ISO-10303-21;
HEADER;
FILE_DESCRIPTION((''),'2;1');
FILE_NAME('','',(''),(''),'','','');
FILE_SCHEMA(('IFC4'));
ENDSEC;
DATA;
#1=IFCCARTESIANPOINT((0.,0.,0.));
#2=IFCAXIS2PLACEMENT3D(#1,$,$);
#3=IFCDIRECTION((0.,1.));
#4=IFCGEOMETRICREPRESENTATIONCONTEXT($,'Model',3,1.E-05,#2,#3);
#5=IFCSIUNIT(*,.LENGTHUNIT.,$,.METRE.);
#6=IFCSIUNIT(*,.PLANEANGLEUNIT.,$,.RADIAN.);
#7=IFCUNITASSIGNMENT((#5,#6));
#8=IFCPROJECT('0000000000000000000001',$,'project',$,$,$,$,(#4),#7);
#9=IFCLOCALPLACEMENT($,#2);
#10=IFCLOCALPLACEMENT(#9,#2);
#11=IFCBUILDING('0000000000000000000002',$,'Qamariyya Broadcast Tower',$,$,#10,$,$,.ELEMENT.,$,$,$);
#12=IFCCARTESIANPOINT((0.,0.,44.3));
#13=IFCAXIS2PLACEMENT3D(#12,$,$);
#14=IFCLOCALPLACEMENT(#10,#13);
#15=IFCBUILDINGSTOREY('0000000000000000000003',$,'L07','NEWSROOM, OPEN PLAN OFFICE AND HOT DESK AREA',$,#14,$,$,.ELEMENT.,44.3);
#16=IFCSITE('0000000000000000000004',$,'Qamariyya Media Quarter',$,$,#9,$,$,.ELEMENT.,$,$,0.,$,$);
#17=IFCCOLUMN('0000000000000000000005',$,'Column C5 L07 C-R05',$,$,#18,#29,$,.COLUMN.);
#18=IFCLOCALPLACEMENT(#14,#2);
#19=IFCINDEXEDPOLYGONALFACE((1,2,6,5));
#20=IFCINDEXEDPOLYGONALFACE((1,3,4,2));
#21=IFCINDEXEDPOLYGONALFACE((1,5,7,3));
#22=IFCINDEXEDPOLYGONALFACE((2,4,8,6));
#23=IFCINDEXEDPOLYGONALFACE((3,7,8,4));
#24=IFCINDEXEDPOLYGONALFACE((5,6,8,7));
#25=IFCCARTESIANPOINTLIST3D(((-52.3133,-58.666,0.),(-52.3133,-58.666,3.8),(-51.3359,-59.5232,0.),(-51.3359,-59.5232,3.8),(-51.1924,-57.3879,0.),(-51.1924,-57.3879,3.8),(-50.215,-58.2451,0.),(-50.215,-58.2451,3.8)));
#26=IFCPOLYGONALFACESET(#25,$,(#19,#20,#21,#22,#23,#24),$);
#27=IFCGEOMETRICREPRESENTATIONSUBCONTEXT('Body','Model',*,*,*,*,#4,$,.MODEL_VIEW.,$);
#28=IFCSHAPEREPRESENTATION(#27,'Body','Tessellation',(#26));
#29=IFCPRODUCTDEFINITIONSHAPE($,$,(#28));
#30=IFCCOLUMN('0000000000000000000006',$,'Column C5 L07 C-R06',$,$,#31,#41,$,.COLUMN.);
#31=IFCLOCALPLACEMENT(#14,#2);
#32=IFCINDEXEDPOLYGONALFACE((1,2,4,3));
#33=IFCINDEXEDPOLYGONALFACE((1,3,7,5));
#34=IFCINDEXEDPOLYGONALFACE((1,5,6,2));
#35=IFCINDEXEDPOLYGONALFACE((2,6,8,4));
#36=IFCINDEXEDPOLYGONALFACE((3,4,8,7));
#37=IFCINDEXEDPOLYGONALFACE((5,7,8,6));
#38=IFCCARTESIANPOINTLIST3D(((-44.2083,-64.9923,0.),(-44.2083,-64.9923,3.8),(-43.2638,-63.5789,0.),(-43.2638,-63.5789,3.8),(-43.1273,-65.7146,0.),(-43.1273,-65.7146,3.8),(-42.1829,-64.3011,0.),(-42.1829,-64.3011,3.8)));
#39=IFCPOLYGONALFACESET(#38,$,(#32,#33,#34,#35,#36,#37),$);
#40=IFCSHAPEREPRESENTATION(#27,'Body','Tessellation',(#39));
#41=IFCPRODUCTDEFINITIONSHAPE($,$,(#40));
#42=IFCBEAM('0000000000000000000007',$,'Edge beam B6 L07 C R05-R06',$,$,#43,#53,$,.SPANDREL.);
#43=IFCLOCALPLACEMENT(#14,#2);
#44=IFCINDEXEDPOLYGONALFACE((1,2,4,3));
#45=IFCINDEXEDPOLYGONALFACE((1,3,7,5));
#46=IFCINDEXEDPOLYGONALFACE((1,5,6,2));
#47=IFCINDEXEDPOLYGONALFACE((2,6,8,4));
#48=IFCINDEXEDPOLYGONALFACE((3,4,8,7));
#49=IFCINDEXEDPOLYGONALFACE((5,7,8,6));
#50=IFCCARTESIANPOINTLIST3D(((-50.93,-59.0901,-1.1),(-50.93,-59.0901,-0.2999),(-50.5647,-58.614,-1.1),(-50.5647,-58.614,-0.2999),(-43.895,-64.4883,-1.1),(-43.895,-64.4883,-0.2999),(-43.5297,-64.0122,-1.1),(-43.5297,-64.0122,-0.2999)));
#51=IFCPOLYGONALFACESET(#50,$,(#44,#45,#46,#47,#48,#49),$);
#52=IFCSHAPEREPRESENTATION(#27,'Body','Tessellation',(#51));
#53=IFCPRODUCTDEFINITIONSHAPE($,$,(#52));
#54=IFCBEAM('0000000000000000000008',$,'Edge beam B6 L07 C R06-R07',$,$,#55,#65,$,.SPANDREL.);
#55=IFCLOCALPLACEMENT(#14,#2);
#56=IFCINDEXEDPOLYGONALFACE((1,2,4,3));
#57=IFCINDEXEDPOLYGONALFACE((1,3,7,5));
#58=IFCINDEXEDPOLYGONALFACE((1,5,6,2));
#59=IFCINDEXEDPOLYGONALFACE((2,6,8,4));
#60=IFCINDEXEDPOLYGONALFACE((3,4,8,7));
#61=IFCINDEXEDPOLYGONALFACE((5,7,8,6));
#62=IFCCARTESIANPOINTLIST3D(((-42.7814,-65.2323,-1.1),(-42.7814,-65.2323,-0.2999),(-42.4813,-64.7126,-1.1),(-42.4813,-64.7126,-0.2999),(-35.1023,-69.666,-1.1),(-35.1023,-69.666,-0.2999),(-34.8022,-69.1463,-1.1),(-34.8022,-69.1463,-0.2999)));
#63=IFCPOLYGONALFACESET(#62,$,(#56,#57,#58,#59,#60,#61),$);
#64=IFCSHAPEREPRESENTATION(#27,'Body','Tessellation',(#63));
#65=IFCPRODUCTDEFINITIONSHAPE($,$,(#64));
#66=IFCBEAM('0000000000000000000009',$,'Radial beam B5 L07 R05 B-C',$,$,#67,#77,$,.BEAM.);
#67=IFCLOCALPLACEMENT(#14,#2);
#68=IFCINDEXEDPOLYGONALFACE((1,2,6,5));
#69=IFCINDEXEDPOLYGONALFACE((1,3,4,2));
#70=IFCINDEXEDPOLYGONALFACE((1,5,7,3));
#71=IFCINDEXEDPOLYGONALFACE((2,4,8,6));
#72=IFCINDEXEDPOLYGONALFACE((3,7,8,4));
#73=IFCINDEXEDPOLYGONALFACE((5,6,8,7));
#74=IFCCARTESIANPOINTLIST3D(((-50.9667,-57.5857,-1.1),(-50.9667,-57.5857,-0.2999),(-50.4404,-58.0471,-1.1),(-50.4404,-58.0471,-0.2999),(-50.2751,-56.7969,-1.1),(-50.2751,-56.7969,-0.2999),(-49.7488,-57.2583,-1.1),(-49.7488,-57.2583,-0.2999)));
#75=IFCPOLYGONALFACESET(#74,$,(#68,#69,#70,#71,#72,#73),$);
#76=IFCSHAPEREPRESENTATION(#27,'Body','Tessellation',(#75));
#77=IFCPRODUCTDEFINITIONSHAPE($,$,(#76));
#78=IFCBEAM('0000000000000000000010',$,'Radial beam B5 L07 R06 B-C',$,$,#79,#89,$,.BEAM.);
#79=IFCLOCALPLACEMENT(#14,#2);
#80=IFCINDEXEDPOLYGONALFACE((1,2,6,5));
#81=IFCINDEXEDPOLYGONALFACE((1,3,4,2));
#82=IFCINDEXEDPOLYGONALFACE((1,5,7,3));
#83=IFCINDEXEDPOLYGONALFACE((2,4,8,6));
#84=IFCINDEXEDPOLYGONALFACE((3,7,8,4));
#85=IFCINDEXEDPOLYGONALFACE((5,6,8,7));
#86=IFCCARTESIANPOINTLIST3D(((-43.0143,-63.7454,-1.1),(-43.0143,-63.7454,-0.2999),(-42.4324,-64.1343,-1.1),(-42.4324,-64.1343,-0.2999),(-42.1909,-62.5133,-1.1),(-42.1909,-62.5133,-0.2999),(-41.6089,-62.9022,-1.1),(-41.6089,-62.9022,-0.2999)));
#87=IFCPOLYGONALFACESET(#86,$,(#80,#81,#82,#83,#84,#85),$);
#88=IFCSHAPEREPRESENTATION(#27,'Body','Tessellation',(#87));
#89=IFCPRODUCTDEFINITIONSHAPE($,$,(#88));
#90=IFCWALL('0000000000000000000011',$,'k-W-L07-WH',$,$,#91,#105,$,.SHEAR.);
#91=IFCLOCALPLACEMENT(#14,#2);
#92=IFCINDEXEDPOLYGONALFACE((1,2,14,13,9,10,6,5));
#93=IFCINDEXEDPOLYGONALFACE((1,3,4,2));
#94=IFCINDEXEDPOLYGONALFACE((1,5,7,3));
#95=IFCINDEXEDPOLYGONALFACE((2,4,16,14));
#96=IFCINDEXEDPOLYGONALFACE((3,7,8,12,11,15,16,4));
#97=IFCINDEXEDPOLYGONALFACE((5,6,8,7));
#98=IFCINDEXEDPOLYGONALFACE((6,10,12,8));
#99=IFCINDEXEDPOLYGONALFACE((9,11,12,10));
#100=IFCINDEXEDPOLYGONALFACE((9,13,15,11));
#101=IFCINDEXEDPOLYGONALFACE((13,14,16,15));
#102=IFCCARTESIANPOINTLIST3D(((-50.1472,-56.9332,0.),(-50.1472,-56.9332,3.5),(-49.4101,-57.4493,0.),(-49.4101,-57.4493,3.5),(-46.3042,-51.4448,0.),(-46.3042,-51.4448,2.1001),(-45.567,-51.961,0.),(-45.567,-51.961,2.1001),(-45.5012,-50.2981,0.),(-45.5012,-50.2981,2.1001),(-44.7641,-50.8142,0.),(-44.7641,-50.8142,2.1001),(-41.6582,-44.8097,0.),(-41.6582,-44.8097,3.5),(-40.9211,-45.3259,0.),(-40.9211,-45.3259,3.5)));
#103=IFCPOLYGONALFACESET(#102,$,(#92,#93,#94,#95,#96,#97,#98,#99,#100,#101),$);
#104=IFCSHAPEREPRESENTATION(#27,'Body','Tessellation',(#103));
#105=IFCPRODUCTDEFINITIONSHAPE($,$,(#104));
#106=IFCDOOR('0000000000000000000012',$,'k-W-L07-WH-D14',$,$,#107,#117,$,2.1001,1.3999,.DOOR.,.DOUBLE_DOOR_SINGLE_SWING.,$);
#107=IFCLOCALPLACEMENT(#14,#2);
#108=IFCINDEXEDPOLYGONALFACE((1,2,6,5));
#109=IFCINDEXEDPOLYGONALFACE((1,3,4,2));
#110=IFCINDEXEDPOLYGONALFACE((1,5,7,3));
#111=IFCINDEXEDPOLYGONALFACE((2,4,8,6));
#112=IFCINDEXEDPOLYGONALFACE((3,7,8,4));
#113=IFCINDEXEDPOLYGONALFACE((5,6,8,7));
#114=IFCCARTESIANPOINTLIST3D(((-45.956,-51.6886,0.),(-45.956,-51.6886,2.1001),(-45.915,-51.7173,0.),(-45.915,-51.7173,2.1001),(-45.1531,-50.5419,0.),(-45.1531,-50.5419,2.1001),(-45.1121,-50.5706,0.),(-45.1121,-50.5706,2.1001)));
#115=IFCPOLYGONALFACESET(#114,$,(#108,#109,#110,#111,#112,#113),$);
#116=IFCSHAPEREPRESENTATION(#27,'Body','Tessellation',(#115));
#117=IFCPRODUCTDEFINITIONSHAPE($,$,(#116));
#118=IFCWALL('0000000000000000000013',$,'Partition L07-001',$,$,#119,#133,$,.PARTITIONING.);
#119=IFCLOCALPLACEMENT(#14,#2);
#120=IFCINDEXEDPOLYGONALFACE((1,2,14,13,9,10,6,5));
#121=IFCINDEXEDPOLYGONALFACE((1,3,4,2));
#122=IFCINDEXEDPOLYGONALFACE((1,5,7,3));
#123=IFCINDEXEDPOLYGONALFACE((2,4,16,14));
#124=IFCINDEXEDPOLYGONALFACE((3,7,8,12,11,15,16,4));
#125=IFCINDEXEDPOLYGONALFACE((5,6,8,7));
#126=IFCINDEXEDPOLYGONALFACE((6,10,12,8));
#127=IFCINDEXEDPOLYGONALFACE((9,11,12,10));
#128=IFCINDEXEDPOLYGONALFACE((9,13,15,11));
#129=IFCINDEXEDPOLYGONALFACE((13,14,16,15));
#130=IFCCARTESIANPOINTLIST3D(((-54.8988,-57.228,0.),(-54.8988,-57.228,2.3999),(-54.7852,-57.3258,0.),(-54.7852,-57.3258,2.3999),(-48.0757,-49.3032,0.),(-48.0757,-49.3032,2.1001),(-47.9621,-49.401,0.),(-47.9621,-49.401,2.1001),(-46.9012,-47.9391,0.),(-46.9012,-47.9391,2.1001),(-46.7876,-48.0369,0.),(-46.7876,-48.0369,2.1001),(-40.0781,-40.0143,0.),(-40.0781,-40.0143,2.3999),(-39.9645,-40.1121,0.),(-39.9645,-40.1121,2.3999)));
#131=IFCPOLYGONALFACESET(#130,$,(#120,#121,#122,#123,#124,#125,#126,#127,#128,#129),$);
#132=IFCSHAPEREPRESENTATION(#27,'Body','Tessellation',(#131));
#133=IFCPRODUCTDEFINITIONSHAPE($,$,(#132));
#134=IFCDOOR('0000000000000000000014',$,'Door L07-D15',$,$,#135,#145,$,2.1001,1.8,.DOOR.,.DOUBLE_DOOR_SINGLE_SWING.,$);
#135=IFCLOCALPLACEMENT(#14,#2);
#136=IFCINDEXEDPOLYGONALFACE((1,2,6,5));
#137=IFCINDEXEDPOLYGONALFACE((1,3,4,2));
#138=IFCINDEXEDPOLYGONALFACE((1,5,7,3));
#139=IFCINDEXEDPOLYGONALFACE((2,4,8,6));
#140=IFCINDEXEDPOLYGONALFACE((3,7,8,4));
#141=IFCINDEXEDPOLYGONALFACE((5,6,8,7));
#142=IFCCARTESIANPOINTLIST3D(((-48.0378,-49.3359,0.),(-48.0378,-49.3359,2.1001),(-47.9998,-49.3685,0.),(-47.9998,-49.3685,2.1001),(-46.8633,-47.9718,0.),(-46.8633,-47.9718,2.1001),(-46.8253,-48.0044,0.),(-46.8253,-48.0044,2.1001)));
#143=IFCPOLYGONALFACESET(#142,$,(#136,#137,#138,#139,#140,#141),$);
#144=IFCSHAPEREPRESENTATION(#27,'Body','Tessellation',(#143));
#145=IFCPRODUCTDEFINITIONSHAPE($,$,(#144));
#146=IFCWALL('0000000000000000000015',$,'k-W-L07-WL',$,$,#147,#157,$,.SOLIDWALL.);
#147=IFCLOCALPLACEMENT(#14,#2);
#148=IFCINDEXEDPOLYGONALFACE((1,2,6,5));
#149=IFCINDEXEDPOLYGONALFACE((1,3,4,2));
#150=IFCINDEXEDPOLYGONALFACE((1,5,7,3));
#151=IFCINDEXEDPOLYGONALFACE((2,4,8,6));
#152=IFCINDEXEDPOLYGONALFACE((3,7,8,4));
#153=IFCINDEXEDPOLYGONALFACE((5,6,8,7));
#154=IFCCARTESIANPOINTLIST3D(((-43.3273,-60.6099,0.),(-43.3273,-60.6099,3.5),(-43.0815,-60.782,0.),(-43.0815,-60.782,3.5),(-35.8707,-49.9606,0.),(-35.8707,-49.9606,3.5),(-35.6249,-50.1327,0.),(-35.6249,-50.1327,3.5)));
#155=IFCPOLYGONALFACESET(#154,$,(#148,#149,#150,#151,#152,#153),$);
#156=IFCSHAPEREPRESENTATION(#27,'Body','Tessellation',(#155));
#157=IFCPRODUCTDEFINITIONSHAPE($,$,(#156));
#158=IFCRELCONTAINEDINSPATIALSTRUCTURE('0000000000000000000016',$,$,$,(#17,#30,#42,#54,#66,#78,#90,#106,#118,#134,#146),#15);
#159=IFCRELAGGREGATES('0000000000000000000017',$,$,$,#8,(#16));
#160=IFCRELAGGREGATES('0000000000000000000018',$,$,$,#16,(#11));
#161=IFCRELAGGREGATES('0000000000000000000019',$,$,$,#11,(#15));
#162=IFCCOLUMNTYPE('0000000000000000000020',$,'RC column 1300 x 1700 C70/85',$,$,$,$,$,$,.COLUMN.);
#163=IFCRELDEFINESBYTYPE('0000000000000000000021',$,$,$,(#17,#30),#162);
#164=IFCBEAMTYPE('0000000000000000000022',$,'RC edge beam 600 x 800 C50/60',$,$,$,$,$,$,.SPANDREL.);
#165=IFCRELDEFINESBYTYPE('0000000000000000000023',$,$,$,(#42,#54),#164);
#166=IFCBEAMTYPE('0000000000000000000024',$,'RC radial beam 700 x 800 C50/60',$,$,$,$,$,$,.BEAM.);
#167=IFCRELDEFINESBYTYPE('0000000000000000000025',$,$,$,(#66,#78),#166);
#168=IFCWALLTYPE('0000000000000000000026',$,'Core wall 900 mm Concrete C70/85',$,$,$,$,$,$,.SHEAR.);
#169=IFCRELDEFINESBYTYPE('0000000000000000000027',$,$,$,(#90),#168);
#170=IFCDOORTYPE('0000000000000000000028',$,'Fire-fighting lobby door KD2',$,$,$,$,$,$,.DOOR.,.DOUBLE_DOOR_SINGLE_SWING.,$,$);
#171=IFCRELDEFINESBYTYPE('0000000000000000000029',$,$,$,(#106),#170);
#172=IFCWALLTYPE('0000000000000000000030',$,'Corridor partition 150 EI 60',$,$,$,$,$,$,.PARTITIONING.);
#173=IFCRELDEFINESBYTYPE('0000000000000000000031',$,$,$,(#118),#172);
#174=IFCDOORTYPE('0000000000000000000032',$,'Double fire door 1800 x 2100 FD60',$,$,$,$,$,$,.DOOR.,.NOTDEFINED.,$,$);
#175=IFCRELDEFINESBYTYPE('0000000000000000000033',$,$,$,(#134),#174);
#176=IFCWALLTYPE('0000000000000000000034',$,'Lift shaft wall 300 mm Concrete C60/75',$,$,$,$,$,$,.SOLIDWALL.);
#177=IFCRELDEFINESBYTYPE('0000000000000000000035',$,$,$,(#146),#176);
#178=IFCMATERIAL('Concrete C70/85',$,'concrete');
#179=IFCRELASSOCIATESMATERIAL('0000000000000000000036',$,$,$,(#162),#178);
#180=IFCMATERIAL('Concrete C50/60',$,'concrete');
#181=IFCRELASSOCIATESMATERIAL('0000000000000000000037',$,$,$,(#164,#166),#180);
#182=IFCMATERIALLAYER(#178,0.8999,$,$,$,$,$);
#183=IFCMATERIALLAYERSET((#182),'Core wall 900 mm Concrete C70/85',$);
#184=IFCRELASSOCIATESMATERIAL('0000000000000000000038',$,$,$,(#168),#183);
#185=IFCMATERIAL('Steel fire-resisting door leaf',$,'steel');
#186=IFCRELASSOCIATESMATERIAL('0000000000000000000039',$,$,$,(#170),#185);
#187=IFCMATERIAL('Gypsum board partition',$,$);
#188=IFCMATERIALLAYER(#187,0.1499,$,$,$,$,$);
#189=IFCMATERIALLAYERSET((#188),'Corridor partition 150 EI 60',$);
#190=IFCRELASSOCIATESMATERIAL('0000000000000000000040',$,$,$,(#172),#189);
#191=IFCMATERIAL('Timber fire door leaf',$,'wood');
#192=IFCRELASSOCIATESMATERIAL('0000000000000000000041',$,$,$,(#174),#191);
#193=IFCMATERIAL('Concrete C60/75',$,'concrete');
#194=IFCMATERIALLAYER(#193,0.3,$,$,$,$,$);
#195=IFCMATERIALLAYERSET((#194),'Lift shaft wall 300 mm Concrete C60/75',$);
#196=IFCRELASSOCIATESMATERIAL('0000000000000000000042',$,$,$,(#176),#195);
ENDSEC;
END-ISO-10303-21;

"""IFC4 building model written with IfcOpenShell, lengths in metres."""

from ifc_helpers import new_model, si_unit, direction, frame, frame_2d, origin, origin_2d, place, context, subcontext, project, spatial, rectangle, extrude, material, layer, layer_set, material_profile, profile_set, type_object, element, fill, save


model = new_model("IFC4")

# Units and contexts
model_context = context("Model", 3, precision=1e-05, world=origin(), true_north=direction((0.0, 1.0)))
body_context = subcontext(model_context, "Body", "Model", "MODEL_VIEW")
ifc_project = project(units=[si_unit("LENGTHUNIT", "METRE"), si_unit("PLANEANGLEUNIT", "RADIAN")], contexts=[model_context])

# Site, building, storey
site_placement = place(None, origin())
site = spatial("IfcSite", under=ifc_project, at=site_placement, Name="Qamariyya Media Quarter", CompositionType="ELEMENT", RefElevation=0.0)
building_placement = place(site_placement, origin())
building = spatial("IfcBuilding", under=site, at=building_placement, Name="Qamariyya Broadcast Tower", CompositionType="ELEMENT")
storey_placement = place(building_placement, frame((0.0, 0.0, 44.3)))
storey = spatial("IfcBuildingStorey", under=building, at=storey_placement, Name="L07", Description="NEWSROOM, OPEN PLAN OFFICE AND HOT DESK AREA", CompositionType="ELEMENT", Elevation=44.3)

# Columns
ifc_material_1 = material(Name="Concrete C70/85", Category="concrete")
ifc_material_profile_1 = material_profile(ifc_material_1, rectangle(XDim=1.3, YDim=1.7, at=origin_2d()))
ifc_profile_set_1 = profile_set([ifc_material_profile_1], Name="Concrete C70/85")
column_type = type_object("IfcColumnType", Name="RC column 1300 x 1700 C70/85", PredefinedType="COLUMN", material=ifc_profile_set_1)
for number, where, z_axis, x_axis, name in (
    (1, (-51.2642, -58.4556, 0.0), (0.0, 0.0, 1.0), (0.75184, -0.659346, 0.0), "Column C5 L07 C-R05"),
    (2, (-43.1956, -64.6467, 0.0), (0.0, 0.0, 1.0), (0.83147, -0.55557, 0.0), "Column C5 L07 C-R06"),
):
    element("IfcColumn", number, at=place(storey_placement, frame(where, z_axis=z_axis, x_axis=x_axis)), inside=storey, type_object=column_type, Name=name, PredefinedType="COLUMN", context=body_context, shape_type="SweptSolid", body=[
        extrude(rectangle(XDim=1.3, YDim=1.7, at=origin_2d()), origin(), (0.0, 0.0, 1.0), 3.8),
    ])

# Beams
ifc_material_2 = material(Name="Concrete C50/60", Category="concrete")
ifc_material_profile_2 = material_profile(ifc_material_2, rectangle(XDim=0.6001, YDim=0.8, at=origin_2d()))
ifc_profile_set_2 = profile_set([ifc_material_profile_2], Name="Concrete C50/60")
beam_type_1 = type_object("IfcBeamType", Name="RC edge beam 600 x 800 C50/60", PredefinedType="SPANDREL", material=ifc_profile_set_2)
beam_1_placement = place(storey_placement, frame((-50.7473, -58.8521, -0.7), z_axis=(0.793347, -0.60877, 0.0), x_axis=(0.60877, 0.793347, 0.0)))
element("IfcBeam", 3, at=beam_1_placement, inside=storey, type_object=beam_type_1, Name="Edge beam B6 L07 C R05-R06", PredefinedType="SPANDREL", context=body_context, shape_type="SweptSolid", body=[
    extrude(rectangle(XDim=0.6001, YDim=0.8, at=origin_2d()), origin(), (0.0, 0.0, 1.0), 8.8674),
])
beam_2_placement = place(storey_placement, frame((-42.6313, -64.9724, -0.7), z_axis=(0.866013, -0.500021, 0.0), x_axis=(0.500021, 0.866013, 0.0)))
element("IfcBeam", 4, at=beam_2_placement, inside=storey, type_object=beam_type_1, Name="Edge beam B6 L07 C R06-R07", PredefinedType="SPANDREL", context=body_context, shape_type="SweptSolid", body=[
    extrude(rectangle(XDim=0.6001, YDim=0.8, at=origin_2d()), origin(), (0.0, 0.0, 1.0), 8.8672),
])
ifc_material_profile_3 = material_profile(ifc_material_2, rectangle(XDim=0.7, YDim=0.8, at=origin_2d()))
ifc_profile_set_3 = profile_set([ifc_material_profile_3], Name="Concrete C50/60")
beam_type_2 = type_object("IfcBeamType", Name="RC radial beam 700 x 800 C50/60", PredefinedType="BEAM", material=ifc_profile_set_3)
beam_3_placement = place(storey_placement, frame((-50.012, -57.0276, -0.7), z_axis=(-0.659279, -0.751899, 0.0), x_axis=(0.751899, -0.659279, 0.0)))
element("IfcBeam", 5, at=beam_3_placement, inside=storey, type_object=beam_type_2, Name="Radial beam B5 L07 R05 B-C", PredefinedType="BEAM", context=body_context, shape_type="SweptSolid", body=[
    extrude(rectangle(XDim=0.7, YDim=0.8, at=origin_2d()), origin(), (0.0, 0.0, 1.0), 1.0491),
])
beam_4_placement = place(storey_placement, frame((-41.8999, -62.7078, -0.7), z_axis=(-0.55565, -0.831416, 0.0), x_axis=(0.831416, -0.55565, 0.0)))
element("IfcBeam", 6, at=beam_4_placement, inside=storey, type_object=beam_type_2, Name="Radial beam B5 L07 R06 B-C", PredefinedType="BEAM", context=body_context, shape_type="SweptSolid", body=[
    extrude(rectangle(XDim=0.7, YDim=0.8, at=origin_2d()), origin(), (0.0, 0.0, 1.0), 1.4819),
])

# Walls, openings, doors
ifc_layer_1 = layer(ifc_material_1, 0.8999)
ifc_layer_set_1 = layer_set([ifc_layer_1], Name="Core wall 900 mm Concrete C70/85")
wall_type_1 = type_object("IfcWallType", Name="Core wall 900 mm Concrete C70/85", PredefinedType="SHEAR", material=ifc_layer_set_1)
wall_1_placement = place(storey_placement, frame((-49.7786, -57.1912, 0.0), z_axis=(0.0, 0.0, 1.0), x_axis=(0.573577, 0.819151, 0.0)))
wall_1 = element("IfcWall", 7, at=wall_1_placement, inside=storey, type_object=wall_type_1, Name="k-W-L07-WH", PredefinedType="SHEAR", context=body_context, shape_type="SweptSolid", body=[
    extrude(rectangle(XDim=14.8, YDim=0.8999, at=frame_2d((7.3999, 0.0))), origin(), (0.0, 0.0, 1.0), 3.5),
])
opening_1_placement = place(wall_1_placement, frame((6.7, 0.0, 0.0)))
opening_1 = element("IfcOpeningElement", 8, at=opening_1_placement, cuts=wall_1, PredefinedType="OPENING", context=body_context, shape_type="SweptSolid", body=[
    extrude(rectangle(XDim=1.3999, YDim=2.1001, at=frame_2d((0.7, 1.05))), frame((0.0, 0.46, 0.0), z_axis=(0.0, -1.0, 0.0), x_axis=(1.0, 0.0, 0.0)), (0.0, 0.0, 1.0), 0.9199),
])
ifc_material_3 = material(Name="Steel fire-resisting door leaf", Category="steel")
door_type_1 = type_object("IfcDoorType", Name="Fire-fighting lobby door KD2", OperationType="DOUBLE_DOOR_SINGLE_SWING", PredefinedType="DOOR", material=ifc_material_3)
door_1_placement = place(opening_1_placement, origin())
door_1 = element("IfcDoor", 9, at=door_1_placement, inside=storey, type_object=door_type_1, Name="k-W-L07-WH-D14", OperationType="DOUBLE_DOOR_SINGLE_SWING", OverallHeight=2.1001, OverallWidth=1.3999, PredefinedType="DOOR", context=body_context, shape_type="SweptSolid", body=[
    extrude(rectangle(XDim=1.3999, YDim=2.1001, at=frame_2d((0.7, 1.05))), frame((0.0, 0.0249, 0.0), z_axis=(0.0, -1.0, 0.0), x_axis=(1.0, 0.0, 0.0)), (0.0, 0.0, 1.0), 0.05),
])
fill(opening_1, door_1)
ifc_material_4 = material(Name="Gypsum board partition")
ifc_layer_2 = layer(ifc_material_4, 0.1499)
ifc_layer_set_2 = layer_set([ifc_layer_2], Name="Corridor partition 150 EI 60")
wall_type_2 = type_object("IfcWallType", Name="Corridor partition 150 EI 60", PredefinedType="PARTITIONING", material=ifc_layer_set_2)
wall_2_placement = place(storey_placement, frame((-54.842, -57.2769, 0.0), z_axis=(0.0, 0.0, 1.0), x_axis=(0.652472, 0.757813, 0.0)))
wall_2 = element("IfcWall", 10, at=wall_2_placement, inside=storey, type_object=wall_type_2, Name="Partition L07-001", PredefinedType="PARTITIONING", context=body_context, shape_type="SweptSolid", body=[
    extrude(rectangle(XDim=22.7148, YDim=0.1499, at=frame_2d((11.3574, 0.0))), origin(), (0.0, 0.0, 1.0), 2.3999),
])
opening_2_placement = place(wall_2_placement, frame((10.4575, 0.0, 0.0)))
opening_2 = element("IfcOpeningElement", 11, at=opening_2_placement, cuts=wall_2, PredefinedType="OPENING", context=body_context, shape_type="SweptSolid", body=[
    extrude(rectangle(XDim=1.8, YDim=2.1001, at=frame_2d((0.8999, 1.05))), frame((0.0, 0.085, 0.0), z_axis=(0.0, -1.0, 0.0), x_axis=(1.0, 0.0, 0.0)), (0.0, 0.0, 1.0), 0.1699),
])
ifc_material_5 = material(Name="Timber fire door leaf", Category="wood")
door_type_2 = type_object("IfcDoorType", Name="Double fire door 1800 x 2100 FD60", OperationType="NOTDEFINED", PredefinedType="DOOR", material=ifc_material_5)
door_2_placement = place(opening_2_placement, origin())
door_2 = element("IfcDoor", 12, at=door_2_placement, inside=storey, type_object=door_type_2, Name="Door L07-D15", OperationType="DOUBLE_DOOR_SINGLE_SWING", OverallHeight=2.1001, OverallWidth=1.8, PredefinedType="DOOR", context=body_context, shape_type="SweptSolid", body=[
    extrude(rectangle(XDim=1.8, YDim=2.1001, at=frame_2d((0.8999, 1.05))), frame((0.0, 0.0249, 0.0), z_axis=(0.0, -1.0, 0.0), x_axis=(1.0, 0.0, 0.0)), (0.0, 0.0, 1.0), 0.05),
])
fill(opening_2, door_2)

# Wall
ifc_material_6 = material(Name="Concrete C60/75", Category="concrete")
ifc_layer_3 = layer(ifc_material_6, 0.3)
ifc_layer_set_3 = layer_set([ifc_layer_3], Name="Lift shaft wall 300 mm Concrete C60/75")
wall_type_3 = type_object("IfcWallType", Name="Lift shaft wall 300 mm Concrete C60/75", PredefinedType="SOLIDWALL", material=ifc_layer_set_3)
wall_3_placement = place(storey_placement, frame((-43.2043, -60.6958, 0.0), z_axis=(0.0, 0.0, 1.0), x_axis=(0.573572, 0.819155, 0.0)))
element("IfcWall", 13, at=wall_3_placement, inside=storey, type_object=wall_type_3, Name="k-W-L07-WL", PredefinedType="SOLIDWALL", context=body_context, shape_type="SweptSolid", body=[
    extrude(rectangle(XDim=13.0002, YDim=0.3, at=frame_2d((6.5, 0.0))), origin(), (0.0, 0.0, 1.0), 3.5),
])

save(model, "model.ifc")
